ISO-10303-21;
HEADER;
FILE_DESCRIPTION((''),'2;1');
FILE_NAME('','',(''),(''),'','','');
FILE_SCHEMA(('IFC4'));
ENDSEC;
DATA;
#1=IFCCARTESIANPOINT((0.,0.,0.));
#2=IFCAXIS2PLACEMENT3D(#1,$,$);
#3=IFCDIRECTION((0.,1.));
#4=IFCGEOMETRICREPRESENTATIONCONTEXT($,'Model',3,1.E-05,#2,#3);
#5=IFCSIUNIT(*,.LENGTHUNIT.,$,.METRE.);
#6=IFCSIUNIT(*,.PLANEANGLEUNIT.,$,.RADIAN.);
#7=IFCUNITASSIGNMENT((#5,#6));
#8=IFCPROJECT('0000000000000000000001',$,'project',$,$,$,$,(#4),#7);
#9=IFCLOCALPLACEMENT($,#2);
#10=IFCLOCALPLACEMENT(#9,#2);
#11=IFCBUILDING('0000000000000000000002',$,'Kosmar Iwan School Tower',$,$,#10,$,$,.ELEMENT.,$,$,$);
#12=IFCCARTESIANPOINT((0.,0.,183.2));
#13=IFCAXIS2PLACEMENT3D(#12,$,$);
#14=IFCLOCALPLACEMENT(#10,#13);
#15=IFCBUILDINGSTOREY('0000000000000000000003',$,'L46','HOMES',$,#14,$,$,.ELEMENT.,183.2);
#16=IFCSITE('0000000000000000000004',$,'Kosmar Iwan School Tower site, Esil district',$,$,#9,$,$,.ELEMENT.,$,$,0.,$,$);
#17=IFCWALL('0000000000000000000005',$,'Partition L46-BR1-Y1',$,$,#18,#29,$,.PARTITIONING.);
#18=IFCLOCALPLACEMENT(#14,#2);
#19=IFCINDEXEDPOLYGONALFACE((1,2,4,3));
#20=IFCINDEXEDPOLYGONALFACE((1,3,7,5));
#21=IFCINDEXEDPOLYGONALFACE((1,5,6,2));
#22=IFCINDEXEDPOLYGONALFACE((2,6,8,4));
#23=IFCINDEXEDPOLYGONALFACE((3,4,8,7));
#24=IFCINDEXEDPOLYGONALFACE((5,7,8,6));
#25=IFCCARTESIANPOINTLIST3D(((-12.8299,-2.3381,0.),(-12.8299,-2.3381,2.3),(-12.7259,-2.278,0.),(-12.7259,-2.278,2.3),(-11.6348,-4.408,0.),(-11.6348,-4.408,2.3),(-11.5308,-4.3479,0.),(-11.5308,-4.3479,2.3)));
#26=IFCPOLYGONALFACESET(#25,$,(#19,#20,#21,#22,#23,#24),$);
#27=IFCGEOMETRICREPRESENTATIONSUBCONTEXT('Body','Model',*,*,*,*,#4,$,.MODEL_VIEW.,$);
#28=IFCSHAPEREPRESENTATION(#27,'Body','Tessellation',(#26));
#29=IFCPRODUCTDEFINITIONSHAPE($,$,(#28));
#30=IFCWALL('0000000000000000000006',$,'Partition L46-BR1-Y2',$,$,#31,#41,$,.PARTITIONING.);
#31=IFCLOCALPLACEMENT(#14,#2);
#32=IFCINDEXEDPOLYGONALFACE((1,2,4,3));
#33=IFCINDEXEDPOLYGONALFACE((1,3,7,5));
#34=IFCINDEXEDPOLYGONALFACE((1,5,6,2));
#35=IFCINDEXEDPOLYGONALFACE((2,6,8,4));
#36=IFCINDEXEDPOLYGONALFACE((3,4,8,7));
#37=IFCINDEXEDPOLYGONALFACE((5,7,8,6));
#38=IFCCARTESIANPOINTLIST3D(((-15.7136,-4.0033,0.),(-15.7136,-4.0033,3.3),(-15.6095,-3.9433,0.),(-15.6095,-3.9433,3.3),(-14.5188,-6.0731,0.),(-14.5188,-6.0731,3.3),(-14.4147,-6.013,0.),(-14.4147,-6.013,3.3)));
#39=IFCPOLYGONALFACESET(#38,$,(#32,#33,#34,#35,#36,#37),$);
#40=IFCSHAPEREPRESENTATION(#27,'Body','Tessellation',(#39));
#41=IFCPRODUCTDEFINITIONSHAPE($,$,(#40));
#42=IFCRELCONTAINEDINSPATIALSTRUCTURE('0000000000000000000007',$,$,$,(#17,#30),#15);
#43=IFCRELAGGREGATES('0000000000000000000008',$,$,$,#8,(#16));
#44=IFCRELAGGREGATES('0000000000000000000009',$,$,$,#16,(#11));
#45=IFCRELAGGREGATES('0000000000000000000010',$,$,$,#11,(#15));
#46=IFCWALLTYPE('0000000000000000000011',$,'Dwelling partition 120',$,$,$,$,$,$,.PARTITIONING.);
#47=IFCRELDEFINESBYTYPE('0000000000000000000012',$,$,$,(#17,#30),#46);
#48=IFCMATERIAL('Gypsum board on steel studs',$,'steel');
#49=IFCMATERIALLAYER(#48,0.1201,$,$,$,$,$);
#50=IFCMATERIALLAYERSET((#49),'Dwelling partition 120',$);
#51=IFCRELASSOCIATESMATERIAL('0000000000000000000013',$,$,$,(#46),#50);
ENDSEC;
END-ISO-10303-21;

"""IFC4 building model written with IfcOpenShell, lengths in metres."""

from ifc_helpers import new_model, si_unit, direction, frame, frame_2d, origin, place, context, subcontext, project, spatial, rectangle, extrude, material, layer, layer_set, type_object, element, save


model = new_model("IFC4")

# Units and contexts
model_context = context("Model", 3, precision=1e-05, world=origin(), true_north=direction((0.0, 1.0)))
body_context = subcontext(model_context, "Body", "Model", "MODEL_VIEW")
ifc_project = project(units=[si_unit("LENGTHUNIT", "METRE"), si_unit("PLANEANGLEUNIT", "RADIAN")], contexts=[model_context])

# Site, building, storey
site_placement = place(None, origin())
site = spatial("IfcSite", under=ifc_project, at=site_placement, Name="Kosmar Iwan School Tower site, Esil district", CompositionType="ELEMENT", RefElevation=0.0)
building_placement = place(site_placement, origin())
building = spatial("IfcBuilding", under=site, at=building_placement, Name="Kosmar Iwan School Tower", CompositionType="ELEMENT")
storey_placement = place(building_placement, frame((0.0, 0.0, 183.2)))
storey = spatial("IfcBuildingStorey", under=building, at=storey_placement, Name="L46", Description="HOMES", CompositionType="ELEMENT", Elevation=183.2)

# Shared definitions
ifc_material_1 = material(Name="Gypsum board on steel studs", Category="steel")
ifc_layer_1 = layer(ifc_material_1, 0.1201)
ifc_layer_set_1 = layer_set([ifc_layer_1], Name="Dwelling partition 120")
wall_type_1 = type_object("IfcWallType", Name="Dwelling partition 120", PredefinedType="PARTITIONING", material=ifc_layer_set_1)

# Walls
wall_1_placement = place(storey_placement, frame((-11.5828, -4.3779, 0.0), z_axis=(0.0, 0.0, 1.0), x_axis=(-0.500017, 0.866015, 0.0)))
element("IfcWall", 1, at=wall_1_placement, inside=storey, type_object=wall_type_1, Name="Partition L46-BR1-Y1", PredefinedType="PARTITIONING", context=body_context, shape_type="SweptSolid", body=[
    extrude(rectangle(XDim=2.3901, YDim=0.1201, at=frame_2d((1.1951, 0.0))), origin(), (0.0, 0.0, 1.0), 2.3),
])
wall_2_placement = place(storey_placement, frame((-14.4668, -6.043, 0.0), z_axis=(0.0, 0.0, 1.0), x_axis=(-0.499941, 0.86606, 0.0)))
element("IfcWall", 2, at=wall_2_placement, inside=storey, type_object=wall_type_1, Name="Partition L46-BR1-Y2", PredefinedType="PARTITIONING", context=body_context, shape_type="SweptSolid", body=[
    extrude(rectangle(XDim=2.3899, YDim=0.1201, at=frame_2d((1.1948, 0.0))), origin(), (0.0, 0.0, 1.0), 3.3),
])

save(model, "model.ifc")
